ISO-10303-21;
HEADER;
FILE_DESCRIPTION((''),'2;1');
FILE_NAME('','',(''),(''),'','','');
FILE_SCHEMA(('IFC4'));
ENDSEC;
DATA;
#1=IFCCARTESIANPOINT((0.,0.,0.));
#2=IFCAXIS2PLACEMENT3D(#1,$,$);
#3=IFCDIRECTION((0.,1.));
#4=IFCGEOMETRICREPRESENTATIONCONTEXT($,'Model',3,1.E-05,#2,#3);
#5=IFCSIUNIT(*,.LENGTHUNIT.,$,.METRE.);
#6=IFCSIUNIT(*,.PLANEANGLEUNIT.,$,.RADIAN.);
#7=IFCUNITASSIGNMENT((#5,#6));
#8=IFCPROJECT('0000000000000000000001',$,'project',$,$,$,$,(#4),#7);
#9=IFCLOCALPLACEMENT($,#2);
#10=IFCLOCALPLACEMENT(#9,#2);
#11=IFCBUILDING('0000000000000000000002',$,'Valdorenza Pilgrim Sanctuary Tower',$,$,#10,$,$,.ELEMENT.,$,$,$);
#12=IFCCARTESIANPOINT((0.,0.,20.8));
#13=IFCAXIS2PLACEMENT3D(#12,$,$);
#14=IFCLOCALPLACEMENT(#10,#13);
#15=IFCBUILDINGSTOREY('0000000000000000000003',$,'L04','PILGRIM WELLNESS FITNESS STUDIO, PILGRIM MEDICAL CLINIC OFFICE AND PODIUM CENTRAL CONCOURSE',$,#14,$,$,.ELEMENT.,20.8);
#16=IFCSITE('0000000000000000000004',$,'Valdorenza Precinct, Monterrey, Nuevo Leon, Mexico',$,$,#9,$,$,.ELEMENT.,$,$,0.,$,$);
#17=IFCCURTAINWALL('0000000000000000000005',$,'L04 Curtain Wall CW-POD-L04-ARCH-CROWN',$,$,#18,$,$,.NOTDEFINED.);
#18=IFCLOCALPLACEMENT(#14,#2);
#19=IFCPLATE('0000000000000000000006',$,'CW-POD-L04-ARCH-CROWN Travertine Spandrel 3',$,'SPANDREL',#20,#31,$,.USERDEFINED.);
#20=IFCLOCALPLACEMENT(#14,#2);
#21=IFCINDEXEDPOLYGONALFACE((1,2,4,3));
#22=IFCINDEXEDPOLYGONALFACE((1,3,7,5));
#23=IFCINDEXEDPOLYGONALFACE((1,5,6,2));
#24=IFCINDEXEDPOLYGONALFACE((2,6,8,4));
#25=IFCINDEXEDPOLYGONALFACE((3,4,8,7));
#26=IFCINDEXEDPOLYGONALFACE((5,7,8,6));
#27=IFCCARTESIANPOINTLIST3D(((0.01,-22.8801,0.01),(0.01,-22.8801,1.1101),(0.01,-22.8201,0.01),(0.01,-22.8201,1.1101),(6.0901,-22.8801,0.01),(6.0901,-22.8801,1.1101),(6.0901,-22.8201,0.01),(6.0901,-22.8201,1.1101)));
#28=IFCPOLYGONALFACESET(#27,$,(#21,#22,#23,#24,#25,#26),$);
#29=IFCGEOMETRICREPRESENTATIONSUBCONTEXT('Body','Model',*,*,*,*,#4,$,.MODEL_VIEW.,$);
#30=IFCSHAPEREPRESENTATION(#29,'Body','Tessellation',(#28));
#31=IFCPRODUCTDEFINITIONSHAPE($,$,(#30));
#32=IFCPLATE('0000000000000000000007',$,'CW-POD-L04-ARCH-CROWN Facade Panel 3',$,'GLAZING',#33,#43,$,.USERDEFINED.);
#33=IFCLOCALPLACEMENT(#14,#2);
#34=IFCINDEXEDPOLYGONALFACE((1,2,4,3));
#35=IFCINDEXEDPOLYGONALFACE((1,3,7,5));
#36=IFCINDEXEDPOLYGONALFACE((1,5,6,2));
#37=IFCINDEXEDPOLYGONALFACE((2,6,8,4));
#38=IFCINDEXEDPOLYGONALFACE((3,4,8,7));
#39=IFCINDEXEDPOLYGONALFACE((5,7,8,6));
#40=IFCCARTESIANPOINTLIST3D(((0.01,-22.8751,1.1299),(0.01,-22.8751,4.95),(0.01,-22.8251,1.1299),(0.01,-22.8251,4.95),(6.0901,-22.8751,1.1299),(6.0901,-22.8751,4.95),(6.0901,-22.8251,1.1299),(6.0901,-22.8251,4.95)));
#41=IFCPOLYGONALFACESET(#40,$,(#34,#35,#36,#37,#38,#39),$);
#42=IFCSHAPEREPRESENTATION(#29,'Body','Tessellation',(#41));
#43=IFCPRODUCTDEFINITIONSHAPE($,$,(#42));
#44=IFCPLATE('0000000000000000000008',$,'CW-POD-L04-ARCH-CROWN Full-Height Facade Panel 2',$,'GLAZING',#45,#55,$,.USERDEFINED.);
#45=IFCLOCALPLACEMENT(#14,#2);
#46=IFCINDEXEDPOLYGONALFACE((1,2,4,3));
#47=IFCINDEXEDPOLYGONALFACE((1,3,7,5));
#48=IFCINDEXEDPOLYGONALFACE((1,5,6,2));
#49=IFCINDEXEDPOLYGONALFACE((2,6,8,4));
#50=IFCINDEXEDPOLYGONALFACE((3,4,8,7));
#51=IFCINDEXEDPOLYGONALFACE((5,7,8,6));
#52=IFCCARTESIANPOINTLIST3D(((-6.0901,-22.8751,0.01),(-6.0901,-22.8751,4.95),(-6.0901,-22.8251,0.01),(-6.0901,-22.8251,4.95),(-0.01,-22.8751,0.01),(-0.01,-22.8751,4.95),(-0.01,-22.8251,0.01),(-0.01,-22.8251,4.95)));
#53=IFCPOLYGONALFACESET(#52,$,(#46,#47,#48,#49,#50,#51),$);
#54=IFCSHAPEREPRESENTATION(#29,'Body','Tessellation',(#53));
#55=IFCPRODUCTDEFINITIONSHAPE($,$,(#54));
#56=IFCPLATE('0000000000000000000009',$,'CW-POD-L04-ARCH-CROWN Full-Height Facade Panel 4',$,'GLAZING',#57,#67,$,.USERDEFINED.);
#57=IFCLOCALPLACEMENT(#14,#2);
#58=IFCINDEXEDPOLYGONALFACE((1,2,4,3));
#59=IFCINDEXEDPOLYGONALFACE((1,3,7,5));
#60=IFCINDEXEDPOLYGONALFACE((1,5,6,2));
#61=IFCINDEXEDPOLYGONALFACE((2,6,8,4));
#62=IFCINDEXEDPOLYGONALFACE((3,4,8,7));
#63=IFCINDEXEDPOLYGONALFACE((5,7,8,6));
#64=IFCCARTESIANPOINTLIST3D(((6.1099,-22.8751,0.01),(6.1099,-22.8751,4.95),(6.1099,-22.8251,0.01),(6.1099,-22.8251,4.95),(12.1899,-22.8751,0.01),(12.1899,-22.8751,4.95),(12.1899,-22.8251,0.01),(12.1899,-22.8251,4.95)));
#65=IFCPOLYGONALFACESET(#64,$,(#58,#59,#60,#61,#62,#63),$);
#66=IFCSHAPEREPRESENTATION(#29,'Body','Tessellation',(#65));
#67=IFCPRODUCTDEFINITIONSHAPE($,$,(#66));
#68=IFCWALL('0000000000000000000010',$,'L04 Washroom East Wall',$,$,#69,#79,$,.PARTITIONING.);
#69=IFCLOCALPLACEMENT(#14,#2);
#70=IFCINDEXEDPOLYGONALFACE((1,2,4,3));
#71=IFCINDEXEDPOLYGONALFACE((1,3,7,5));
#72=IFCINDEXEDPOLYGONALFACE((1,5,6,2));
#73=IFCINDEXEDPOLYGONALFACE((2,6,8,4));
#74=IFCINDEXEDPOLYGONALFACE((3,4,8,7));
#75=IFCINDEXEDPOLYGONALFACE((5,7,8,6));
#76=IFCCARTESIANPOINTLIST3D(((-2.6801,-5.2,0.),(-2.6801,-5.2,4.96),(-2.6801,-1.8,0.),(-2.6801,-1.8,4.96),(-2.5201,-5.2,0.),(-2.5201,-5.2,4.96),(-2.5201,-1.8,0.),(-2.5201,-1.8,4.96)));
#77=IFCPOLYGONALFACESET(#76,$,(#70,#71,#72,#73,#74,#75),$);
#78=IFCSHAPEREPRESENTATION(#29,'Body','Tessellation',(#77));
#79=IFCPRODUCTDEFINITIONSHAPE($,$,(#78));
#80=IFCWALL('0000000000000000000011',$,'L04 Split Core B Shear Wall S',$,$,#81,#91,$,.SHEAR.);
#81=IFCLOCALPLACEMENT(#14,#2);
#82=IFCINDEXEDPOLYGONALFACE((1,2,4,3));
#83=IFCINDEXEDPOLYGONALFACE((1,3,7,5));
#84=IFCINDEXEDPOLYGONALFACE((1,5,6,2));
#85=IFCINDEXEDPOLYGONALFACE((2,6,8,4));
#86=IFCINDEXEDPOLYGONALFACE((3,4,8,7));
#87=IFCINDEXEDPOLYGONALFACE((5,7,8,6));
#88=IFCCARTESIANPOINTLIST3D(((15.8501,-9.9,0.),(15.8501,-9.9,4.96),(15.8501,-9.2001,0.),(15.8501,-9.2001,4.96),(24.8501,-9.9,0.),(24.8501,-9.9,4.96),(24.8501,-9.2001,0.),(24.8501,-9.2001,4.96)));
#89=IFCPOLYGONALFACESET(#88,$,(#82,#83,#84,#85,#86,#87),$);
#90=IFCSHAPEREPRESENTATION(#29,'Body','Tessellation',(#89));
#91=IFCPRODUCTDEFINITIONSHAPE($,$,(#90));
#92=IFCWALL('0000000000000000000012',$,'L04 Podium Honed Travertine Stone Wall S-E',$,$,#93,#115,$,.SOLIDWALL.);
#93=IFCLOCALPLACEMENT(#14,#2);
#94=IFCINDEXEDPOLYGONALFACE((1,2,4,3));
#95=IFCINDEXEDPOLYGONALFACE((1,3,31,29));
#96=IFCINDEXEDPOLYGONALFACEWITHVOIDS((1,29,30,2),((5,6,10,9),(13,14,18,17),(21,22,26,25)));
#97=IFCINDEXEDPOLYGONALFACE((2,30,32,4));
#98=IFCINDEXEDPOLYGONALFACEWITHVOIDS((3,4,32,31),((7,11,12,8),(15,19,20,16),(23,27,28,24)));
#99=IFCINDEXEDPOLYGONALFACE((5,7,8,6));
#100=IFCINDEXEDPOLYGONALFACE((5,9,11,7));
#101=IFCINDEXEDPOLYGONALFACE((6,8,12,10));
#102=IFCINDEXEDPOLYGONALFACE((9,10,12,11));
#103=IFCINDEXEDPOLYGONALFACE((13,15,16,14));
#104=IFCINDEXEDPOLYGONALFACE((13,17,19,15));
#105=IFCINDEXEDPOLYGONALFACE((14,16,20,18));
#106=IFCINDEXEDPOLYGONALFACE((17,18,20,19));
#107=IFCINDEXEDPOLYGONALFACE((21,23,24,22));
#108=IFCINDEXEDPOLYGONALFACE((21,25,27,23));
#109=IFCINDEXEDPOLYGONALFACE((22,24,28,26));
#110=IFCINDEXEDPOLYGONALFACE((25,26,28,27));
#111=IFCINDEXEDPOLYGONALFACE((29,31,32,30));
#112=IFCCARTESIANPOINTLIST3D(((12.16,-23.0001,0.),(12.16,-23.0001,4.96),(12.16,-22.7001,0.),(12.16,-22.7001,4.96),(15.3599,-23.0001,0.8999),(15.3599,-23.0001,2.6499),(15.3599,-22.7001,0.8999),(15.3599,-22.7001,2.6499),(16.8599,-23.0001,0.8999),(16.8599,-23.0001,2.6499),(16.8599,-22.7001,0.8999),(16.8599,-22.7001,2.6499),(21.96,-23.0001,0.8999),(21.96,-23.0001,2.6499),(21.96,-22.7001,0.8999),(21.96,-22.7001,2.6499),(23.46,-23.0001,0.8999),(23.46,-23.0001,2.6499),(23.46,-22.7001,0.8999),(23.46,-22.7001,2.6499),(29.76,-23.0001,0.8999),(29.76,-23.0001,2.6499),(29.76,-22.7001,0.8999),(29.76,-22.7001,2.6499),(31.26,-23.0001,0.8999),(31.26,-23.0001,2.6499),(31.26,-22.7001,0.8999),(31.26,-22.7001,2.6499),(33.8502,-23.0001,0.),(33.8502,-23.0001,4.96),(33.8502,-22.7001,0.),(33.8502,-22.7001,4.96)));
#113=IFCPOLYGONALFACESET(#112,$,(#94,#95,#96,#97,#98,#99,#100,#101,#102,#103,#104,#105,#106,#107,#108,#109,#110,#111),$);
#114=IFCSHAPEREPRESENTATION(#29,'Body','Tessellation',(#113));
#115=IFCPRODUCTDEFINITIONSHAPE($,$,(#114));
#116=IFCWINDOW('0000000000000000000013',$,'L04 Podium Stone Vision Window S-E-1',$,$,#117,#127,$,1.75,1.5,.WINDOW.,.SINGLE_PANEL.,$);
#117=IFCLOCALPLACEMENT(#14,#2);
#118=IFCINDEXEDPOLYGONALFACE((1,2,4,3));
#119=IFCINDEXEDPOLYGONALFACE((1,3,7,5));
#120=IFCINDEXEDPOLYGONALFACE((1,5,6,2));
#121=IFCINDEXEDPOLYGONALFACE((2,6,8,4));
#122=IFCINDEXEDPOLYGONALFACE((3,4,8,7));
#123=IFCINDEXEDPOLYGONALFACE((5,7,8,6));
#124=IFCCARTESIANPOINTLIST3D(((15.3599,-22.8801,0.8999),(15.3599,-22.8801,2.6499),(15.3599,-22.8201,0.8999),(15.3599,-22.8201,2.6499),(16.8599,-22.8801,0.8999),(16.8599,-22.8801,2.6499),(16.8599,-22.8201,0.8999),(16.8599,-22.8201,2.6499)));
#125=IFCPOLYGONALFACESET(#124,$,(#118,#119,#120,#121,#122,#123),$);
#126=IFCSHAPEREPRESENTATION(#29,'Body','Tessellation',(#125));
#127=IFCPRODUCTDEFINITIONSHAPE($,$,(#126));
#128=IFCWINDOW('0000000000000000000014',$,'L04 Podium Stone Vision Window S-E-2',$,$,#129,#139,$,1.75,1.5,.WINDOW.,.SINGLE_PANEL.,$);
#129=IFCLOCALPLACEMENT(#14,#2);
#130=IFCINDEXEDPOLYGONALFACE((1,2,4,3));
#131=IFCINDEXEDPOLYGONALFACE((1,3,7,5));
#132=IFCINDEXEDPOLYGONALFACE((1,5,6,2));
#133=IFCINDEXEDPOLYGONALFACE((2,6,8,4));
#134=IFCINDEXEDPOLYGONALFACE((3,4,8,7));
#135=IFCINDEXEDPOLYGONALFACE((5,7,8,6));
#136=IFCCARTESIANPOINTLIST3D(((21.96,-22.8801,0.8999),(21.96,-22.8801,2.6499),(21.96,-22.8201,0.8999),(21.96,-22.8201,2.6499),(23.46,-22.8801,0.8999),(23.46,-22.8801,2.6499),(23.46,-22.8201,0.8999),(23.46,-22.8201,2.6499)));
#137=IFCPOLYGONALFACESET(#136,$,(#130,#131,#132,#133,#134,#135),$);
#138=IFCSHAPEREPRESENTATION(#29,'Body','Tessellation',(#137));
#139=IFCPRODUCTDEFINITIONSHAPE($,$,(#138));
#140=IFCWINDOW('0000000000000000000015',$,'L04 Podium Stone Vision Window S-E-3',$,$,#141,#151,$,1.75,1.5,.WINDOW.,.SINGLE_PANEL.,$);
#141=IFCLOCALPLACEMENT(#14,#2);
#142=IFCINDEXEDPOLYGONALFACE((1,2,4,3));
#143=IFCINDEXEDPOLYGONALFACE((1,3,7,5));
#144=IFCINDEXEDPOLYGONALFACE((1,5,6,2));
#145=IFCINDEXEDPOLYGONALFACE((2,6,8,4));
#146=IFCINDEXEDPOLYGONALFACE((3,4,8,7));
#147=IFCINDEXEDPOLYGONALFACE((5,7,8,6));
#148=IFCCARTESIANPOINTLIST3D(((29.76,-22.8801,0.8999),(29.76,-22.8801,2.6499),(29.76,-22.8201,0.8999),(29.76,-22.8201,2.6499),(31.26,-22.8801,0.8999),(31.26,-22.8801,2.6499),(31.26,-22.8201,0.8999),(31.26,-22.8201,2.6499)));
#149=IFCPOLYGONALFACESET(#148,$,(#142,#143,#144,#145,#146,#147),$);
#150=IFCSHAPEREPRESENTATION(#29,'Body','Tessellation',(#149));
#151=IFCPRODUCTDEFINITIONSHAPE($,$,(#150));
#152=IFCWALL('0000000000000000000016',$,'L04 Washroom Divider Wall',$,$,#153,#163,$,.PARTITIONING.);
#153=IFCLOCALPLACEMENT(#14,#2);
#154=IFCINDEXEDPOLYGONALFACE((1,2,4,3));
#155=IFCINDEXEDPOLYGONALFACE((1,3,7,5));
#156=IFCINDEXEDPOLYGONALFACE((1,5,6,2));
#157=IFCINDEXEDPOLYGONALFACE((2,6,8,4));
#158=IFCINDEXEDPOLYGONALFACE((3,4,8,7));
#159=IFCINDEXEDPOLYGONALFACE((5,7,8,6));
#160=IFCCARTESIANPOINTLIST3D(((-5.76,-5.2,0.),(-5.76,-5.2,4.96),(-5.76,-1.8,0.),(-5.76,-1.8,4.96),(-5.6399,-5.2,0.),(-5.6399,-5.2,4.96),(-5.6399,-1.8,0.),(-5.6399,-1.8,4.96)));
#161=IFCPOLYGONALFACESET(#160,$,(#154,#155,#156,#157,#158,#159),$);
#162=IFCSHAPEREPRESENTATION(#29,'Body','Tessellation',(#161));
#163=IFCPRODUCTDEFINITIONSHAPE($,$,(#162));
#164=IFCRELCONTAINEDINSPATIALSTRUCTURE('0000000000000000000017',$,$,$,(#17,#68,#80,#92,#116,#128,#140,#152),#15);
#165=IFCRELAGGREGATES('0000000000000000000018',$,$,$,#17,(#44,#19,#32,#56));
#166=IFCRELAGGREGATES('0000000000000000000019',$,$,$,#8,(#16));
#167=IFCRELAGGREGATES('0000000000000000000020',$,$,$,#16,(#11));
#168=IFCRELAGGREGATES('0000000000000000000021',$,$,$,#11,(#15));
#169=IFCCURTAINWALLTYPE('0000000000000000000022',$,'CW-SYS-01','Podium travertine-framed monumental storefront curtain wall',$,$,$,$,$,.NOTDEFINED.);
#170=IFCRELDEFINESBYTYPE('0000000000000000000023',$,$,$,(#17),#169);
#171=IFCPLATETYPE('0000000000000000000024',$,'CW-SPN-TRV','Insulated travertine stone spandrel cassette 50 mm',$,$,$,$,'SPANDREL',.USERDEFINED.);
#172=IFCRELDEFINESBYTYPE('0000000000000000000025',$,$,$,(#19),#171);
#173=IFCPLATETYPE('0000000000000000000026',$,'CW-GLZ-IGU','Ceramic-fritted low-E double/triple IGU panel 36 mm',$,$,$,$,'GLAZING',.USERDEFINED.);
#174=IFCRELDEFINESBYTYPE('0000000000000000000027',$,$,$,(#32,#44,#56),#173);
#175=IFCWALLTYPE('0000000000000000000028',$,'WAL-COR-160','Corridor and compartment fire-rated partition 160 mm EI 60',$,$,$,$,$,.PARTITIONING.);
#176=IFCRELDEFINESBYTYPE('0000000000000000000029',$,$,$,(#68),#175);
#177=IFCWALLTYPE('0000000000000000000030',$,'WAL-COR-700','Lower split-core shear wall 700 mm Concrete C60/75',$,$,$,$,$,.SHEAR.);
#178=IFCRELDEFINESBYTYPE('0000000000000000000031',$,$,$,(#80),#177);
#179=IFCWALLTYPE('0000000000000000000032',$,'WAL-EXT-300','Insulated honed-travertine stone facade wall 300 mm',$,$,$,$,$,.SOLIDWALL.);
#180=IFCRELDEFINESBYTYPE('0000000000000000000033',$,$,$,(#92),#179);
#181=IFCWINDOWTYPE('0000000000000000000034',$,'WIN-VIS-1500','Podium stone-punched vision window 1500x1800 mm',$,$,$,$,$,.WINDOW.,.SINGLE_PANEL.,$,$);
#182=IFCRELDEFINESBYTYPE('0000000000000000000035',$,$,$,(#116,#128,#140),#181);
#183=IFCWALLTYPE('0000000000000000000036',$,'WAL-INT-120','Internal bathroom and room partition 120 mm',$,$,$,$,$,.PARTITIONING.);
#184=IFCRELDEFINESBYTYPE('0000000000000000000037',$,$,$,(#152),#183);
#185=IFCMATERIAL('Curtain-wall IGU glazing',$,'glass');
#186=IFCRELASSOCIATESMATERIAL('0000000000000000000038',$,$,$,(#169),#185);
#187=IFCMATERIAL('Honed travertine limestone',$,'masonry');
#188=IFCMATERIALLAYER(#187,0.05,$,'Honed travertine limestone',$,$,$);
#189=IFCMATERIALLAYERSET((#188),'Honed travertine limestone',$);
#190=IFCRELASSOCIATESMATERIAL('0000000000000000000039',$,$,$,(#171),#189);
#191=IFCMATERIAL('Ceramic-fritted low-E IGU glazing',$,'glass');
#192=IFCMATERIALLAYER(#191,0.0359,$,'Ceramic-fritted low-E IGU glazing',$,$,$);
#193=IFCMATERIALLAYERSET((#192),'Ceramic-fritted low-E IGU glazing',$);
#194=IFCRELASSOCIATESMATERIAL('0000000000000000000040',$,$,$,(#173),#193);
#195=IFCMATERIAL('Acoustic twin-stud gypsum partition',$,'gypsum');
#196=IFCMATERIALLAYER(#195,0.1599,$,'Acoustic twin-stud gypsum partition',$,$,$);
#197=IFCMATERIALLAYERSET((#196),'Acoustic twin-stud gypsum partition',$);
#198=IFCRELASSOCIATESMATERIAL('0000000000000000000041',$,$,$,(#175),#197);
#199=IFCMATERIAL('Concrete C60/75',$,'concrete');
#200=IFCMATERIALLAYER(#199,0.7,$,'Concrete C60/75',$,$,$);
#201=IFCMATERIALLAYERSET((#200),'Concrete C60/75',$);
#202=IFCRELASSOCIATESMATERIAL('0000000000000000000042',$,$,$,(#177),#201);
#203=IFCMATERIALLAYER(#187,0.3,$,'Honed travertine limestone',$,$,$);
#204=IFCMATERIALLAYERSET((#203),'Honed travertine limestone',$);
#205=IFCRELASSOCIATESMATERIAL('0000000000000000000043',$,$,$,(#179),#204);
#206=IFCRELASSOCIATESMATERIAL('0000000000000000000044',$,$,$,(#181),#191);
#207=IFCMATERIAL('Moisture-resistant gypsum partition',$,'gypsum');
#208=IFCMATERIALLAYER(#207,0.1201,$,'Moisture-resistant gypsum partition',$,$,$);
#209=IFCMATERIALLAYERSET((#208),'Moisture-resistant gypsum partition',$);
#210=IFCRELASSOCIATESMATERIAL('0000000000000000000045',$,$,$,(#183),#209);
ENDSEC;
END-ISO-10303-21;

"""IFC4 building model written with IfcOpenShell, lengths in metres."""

from ifc_helpers import new_model, si_unit, direction, frame, frame_2d, origin, origin_2d, place, context, subcontext, project, spatial, rectangle, extrude, source, transform, mapped, material, layer, layer_set, type_object, element, fill, aggregate, save


model = new_model("IFC4")

# Units and contexts
model_context = context("Model", 3, precision=1e-05, world=origin(), true_north=direction((0.0, 1.0)))
body_context = subcontext(model_context, "Body", "Model", "MODEL_VIEW")
ifc_project = project(units=[si_unit("LENGTHUNIT", "METRE"), si_unit("PLANEANGLEUNIT", "RADIAN")], contexts=[model_context])

# Site, building, storey
site_placement = place(None, origin())
site = spatial("IfcSite", under=ifc_project, at=site_placement, Name="Valdorenza Precinct, Monterrey, Nuevo Leon, Mexico", CompositionType="ELEMENT", RefElevation=0.0)
building_placement = place(site_placement, origin())
building = spatial("IfcBuilding", under=site, at=building_placement, Name="Valdorenza Pilgrim Sanctuary Tower", CompositionType="ELEMENT")
storey_placement = place(building_placement, frame((0.0, 0.0, 20.8)))
storey = spatial("IfcBuildingStorey", under=building, at=storey_placement, Name="L04", Description="PILGRIM WELLNESS FITNESS STUDIO, PILGRIM MEDICAL CLINIC OFFICE AND PODIUM CENTRAL CONCOURSE", CompositionType="ELEMENT", Elevation=20.8)

# Shared definitions
ifc_material_1 = material(Name="Concrete C60/75", Category="concrete")

# Curtain wall
ifc_material_2 = material(Name="Curtain-wall IGU glazing", Category="glass")
curtain_wall_type = type_object("IfcCurtainWallType", Name="CW-SYS-01", Description="Podium travertine-framed monumental storefront curtain wall", PredefinedType="NOTDEFINED", material=ifc_material_2)
curtain_wall_placement = place(storey_placement, origin())
curtain_wall = element("IfcCurtainWall", 1, at=curtain_wall_placement, inside=storey, type_object=curtain_wall_type, Name="L04 Curtain Wall CW-POD-L04-ARCH-CROWN", PredefinedType="NOTDEFINED")

# Plates
ifc_material_3 = material(Name="Honed travertine limestone", Category="masonry")
ifc_layer_1 = layer(ifc_material_3, 0.05, Name="Honed travertine limestone")
ifc_layer_set_1 = layer_set([ifc_layer_1], Name="Honed travertine limestone")
plate_type_1 = type_object("IfcPlateType", Name="CW-SPN-TRV", Description="Insulated travertine stone spandrel cassette 50 mm", ElementType="SPANDREL", PredefinedType="USERDEFINED", material=ifc_layer_set_1)
shared_shape_1 = source(origin(), body_context, "Body", "SweptSolid", [
    extrude(rectangle(XDim=6.0801, YDim=0.0601, at=origin_2d()), origin(), (0.0, 0.0, 1.0), 1.1001),
])
plate_1_placement = place(storey_placement, frame((3.05, -22.8501, 0.01), z_axis=(0.0, 0.0, 1.0), x_axis=(1.0, 0.0, 0.0)))
plate_1 = element("IfcPlate", 2, at=plate_1_placement, type_object=plate_type_1, Name="CW-POD-L04-ARCH-CROWN Travertine Spandrel 3", ObjectType="SPANDREL", PredefinedType="USERDEFINED", context=body_context, shape_type="MappedRepresentation", body=[
    mapped(shared_shape_1, transform((0.0, 0.0, 0.0), x_axis=(1.0, 0.0, 0.0), y_axis=(0.0, 1.0, 0.0), z_axis=(0.0, 0.0, 1.0), scale=1.0)),
])
ifc_material_4 = material(Name="Ceramic-fritted low-E IGU glazing", Category="glass")
ifc_layer_2 = layer(ifc_material_4, 0.0359, Name="Ceramic-fritted low-E IGU glazing")
ifc_layer_set_2 = layer_set([ifc_layer_2], Name="Ceramic-fritted low-E IGU glazing")
plate_type_2 = type_object("IfcPlateType", Name="CW-GLZ-IGU", Description="Ceramic-fritted low-E double/triple IGU panel 36 mm", ElementType="GLAZING", PredefinedType="USERDEFINED", material=ifc_layer_set_2)
shared_shape_2 = source(origin(), body_context, "Body", "SweptSolid", [
    extrude(rectangle(XDim=6.0801, YDim=0.05, at=origin_2d()), origin(), (0.0, 0.0, 1.0), 3.8201),
])
plate_2_placement = place(storey_placement, frame((3.05, -22.8501, 1.1299), z_axis=(0.0, 0.0, 1.0), x_axis=(1.0, 0.0, 0.0)))
plate_2 = element("IfcPlate", 3, at=plate_2_placement, type_object=plate_type_2, Name="CW-POD-L04-ARCH-CROWN Facade Panel 3", ObjectType="GLAZING", PredefinedType="USERDEFINED", context=body_context, shape_type="MappedRepresentation", body=[
    mapped(shared_shape_2, transform((0.0, 0.0, 0.0), x_axis=(1.0, 0.0, 0.0), y_axis=(0.0, 1.0, 0.0), z_axis=(0.0, 0.0, 1.0), scale=1.0)),
])
shared_shape_3 = source(origin(), body_context, "Body", "SweptSolid", [
    extrude(rectangle(XDim=6.0801, YDim=0.05, at=origin_2d()), origin(), (0.0, 0.0, 1.0), 4.9399),
])
plate_3_placement = place(storey_placement, frame((-3.05, -22.8501, 0.01), z_axis=(0.0, 0.0, 1.0), x_axis=(1.0, 0.0, 0.0)))
plate_3 = element("IfcPlate", 4, at=plate_3_placement, type_object=plate_type_2, Name="CW-POD-L04-ARCH-CROWN Full-Height Facade Panel 2", ObjectType="GLAZING", PredefinedType="USERDEFINED", context=body_context, shape_type="MappedRepresentation", body=[
    mapped(shared_shape_3, transform((0.0, 0.0, 0.0), x_axis=(1.0, 0.0, 0.0), y_axis=(0.0, 1.0, 0.0), z_axis=(0.0, 0.0, 1.0), scale=1.0)),
])
plate_4_placement = place(storey_placement, frame((9.1499, -22.8501, 0.01), z_axis=(0.0, 0.0, 1.0), x_axis=(1.0, 0.0, 0.0)))
plate_4 = element("IfcPlate", 5, at=plate_4_placement, type_object=plate_type_2, Name="CW-POD-L04-ARCH-CROWN Full-Height Facade Panel 4", ObjectType="GLAZING", PredefinedType="USERDEFINED", context=body_context, shape_type="MappedRepresentation", body=[
    mapped(shared_shape_3, transform((0.0, 0.0, 0.0), x_axis=(1.0, 0.0, 0.0), y_axis=(0.0, 1.0, 0.0), z_axis=(0.0, 0.0, 1.0), scale=1.0)),
])
aggregate(curtain_wall, [plate_3, plate_1, plate_2, plate_4])

# Walls
ifc_material_5 = material(Name="Acoustic twin-stud gypsum partition", Category="gypsum")
ifc_layer_3 = layer(ifc_material_5, 0.1599, Name="Acoustic twin-stud gypsum partition")
ifc_layer_set_3 = layer_set([ifc_layer_3], Name="Acoustic twin-stud gypsum partition")
wall_type_1 = type_object("IfcWallType", Name="WAL-COR-160", Description="Corridor and compartment fire-rated partition 160 mm EI 60", PredefinedType="PARTITIONING", material=ifc_layer_set_3)
wall_1_placement = place(storey_placement, frame((-2.6001, -5.2, 0.0), z_axis=(0.0, 0.0, 1.0), x_axis=(0.0, 1.0, 0.0)))
element("IfcWall", 6, at=wall_1_placement, inside=storey, type_object=wall_type_1, Name="L04 Washroom East Wall", PredefinedType="PARTITIONING", context=body_context, shape_type="SweptSolid", body=[
    extrude(rectangle(XDim=3.3999, YDim=0.1599, at=frame_2d((1.7, 0.0))), origin(), (0.0, 0.0, 1.0), 4.96),
])
ifc_layer_4 = layer(ifc_material_1, 0.7, Name="Concrete C60/75")
ifc_layer_set_4 = layer_set([ifc_layer_4], Name="Concrete C60/75")
wall_type_2 = type_object("IfcWallType", Name="WAL-COR-700", Description="Lower split-core shear wall 700 mm Concrete C60/75", PredefinedType="SHEAR", material=ifc_layer_set_4)
wall_2_placement = place(storey_placement, frame((15.8501, -9.55, 0.0), z_axis=(0.0, 0.0, 1.0), x_axis=(1.0, 0.0, 0.0)))
element("IfcWall", 7, at=wall_2_placement, inside=storey, type_object=wall_type_2, Name="L04 Split Core B Shear Wall S", PredefinedType="SHEAR", context=body_context, shape_type="SweptSolid", body=[
    extrude(rectangle(XDim=9.0, YDim=0.7, at=frame_2d((4.5, 0.0))), origin(), (0.0, 0.0, 1.0), 4.96),
])

# Wall, openings, windows
ifc_layer_5 = layer(ifc_material_3, 0.3, Name="Honed travertine limestone")
ifc_layer_set_5 = layer_set([ifc_layer_5], Name="Honed travertine limestone")
wall_type_3 = type_object("IfcWallType", Name="WAL-EXT-300", Description="Insulated honed-travertine stone facade wall 300 mm", PredefinedType="SOLIDWALL", material=ifc_layer_set_5)
wall_3_placement = place(storey_placement, frame((12.1599, -22.8501, 0.0), z_axis=(0.0, 0.0, 1.0), x_axis=(1.0, 0.0, 0.0)))
wall_3 = element("IfcWall", 8, at=wall_3_placement, inside=storey, type_object=wall_type_3, Name="L04 Podium Honed Travertine Stone Wall S-E", PredefinedType="SOLIDWALL", context=body_context, shape_type="SweptSolid", body=[
    extrude(rectangle(XDim=21.6902, YDim=0.3, at=frame_2d((10.8452, 0.0))), origin(), (0.0, 0.0, 1.0), 4.96),
])
opening_1_placement = place(wall_3_placement, frame((3.2, 0.0, 0.8999)))
opening_1 = element("IfcOpeningElement", 9, at=opening_1_placement, cuts=wall_3, PredefinedType="OPENING", context=body_context, shape_type="SweptSolid", body=[
    extrude(rectangle(XDim=1.5, YDim=1.75, at=frame_2d((0.75, 0.875))), frame((0.0, 0.165, 0.0), z_axis=(0.0, -1.0, 0.0), x_axis=(1.0, 0.0, 0.0)), (0.0, 0.0, 1.0), 0.3298),
])
opening_2_placement = place(wall_3_placement, frame((9.8, 0.0, 0.8999)))
opening_2 = element("IfcOpeningElement", 10, at=opening_2_placement, cuts=wall_3, PredefinedType="OPENING", context=body_context, shape_type="SweptSolid", body=[
    extrude(rectangle(XDim=1.5, YDim=1.75, at=frame_2d((0.75, 0.875))), frame((0.0, 0.165, 0.0), z_axis=(0.0, -1.0, 0.0), x_axis=(1.0, 0.0, 0.0)), (0.0, 0.0, 1.0), 0.3298),
])
opening_3_placement = place(wall_3_placement, frame((17.6001, 0.0, 0.8999)))
opening_3 = element("IfcOpeningElement", 11, at=opening_3_placement, cuts=wall_3, PredefinedType="OPENING", context=body_context, shape_type="SweptSolid", body=[
    extrude(rectangle(XDim=1.5, YDim=1.75, at=frame_2d((0.75, 0.875))), frame((0.0, 0.165, 0.0), z_axis=(0.0, -1.0, 0.0), x_axis=(1.0, 0.0, 0.0)), (0.0, 0.0, 1.0), 0.3298),
])
window_type = type_object("IfcWindowType", Name="WIN-VIS-1500", Description="Podium stone-punched vision window 1500x1800 mm", PartitioningType="SINGLE_PANEL", PredefinedType="WINDOW", material=ifc_material_4)
window_1_placement = place(opening_1_placement, origin())
window_1 = element("IfcWindow", 12, at=window_1_placement, inside=storey, type_object=window_type, Name="L04 Podium Stone Vision Window S-E-1", OverallHeight=1.75, OverallWidth=1.5, PartitioningType="SINGLE_PANEL", PredefinedType="WINDOW", context=body_context, shape_type="SweptSolid", body=[
    extrude(rectangle(XDim=1.5, YDim=1.75, at=frame_2d((0.75, 0.875))), frame((0.0, 0.03, 0.0), z_axis=(0.0, -1.0, 0.0), x_axis=(1.0, 0.0, 0.0)), (0.0, 0.0, 1.0), 0.0601),
])
fill(opening_1, window_1)
window_2_placement = place(opening_2_placement, origin())
window_2 = element("IfcWindow", 13, at=window_2_placement, inside=storey, type_object=window_type, Name="L04 Podium Stone Vision Window S-E-2", OverallHeight=1.75, OverallWidth=1.5, PartitioningType="SINGLE_PANEL", PredefinedType="WINDOW", context=body_context, shape_type="SweptSolid", body=[
    extrude(rectangle(XDim=1.5, YDim=1.75, at=frame_2d((0.75, 0.875))), frame((0.0, 0.03, 0.0), z_axis=(0.0, -1.0, 0.0), x_axis=(1.0, 0.0, 0.0)), (0.0, 0.0, 1.0), 0.0601),
])
fill(opening_2, window_2)
window_3_placement = place(opening_3_placement, origin())
window_3 = element("IfcWindow", 14, at=window_3_placement, inside=storey, type_object=window_type, Name="L04 Podium Stone Vision Window S-E-3", OverallHeight=1.75, OverallWidth=1.5, PartitioningType="SINGLE_PANEL", PredefinedType="WINDOW", context=body_context, shape_type="SweptSolid", body=[
    extrude(rectangle(XDim=1.5, YDim=1.75, at=frame_2d((0.75, 0.875))), frame((0.0, 0.03, 0.0), z_axis=(0.0, -1.0, 0.0), x_axis=(1.0, 0.0, 0.0)), (0.0, 0.0, 1.0), 0.0601),
])
fill(opening_3, window_3)

# Wall
ifc_material_6 = material(Name="Moisture-resistant gypsum partition", Category="gypsum")
ifc_layer_6 = layer(ifc_material_6, 0.1201, Name="Moisture-resistant gypsum partition")
ifc_layer_set_6 = layer_set([ifc_layer_6], Name="Moisture-resistant gypsum partition")
wall_type_4 = type_object("IfcWallType", Name="WAL-INT-120", Description="Internal bathroom and room partition 120 mm", PredefinedType="PARTITIONING", material=ifc_layer_set_6)
wall_4_placement = place(storey_placement, frame((-5.7, -5.2, 0.0), z_axis=(0.0, 0.0, 1.0), x_axis=(0.0, 1.0, 0.0)))
element("IfcWall", 15, at=wall_4_placement, inside=storey, type_object=wall_type_4, Name="L04 Washroom Divider Wall", PredefinedType="PARTITIONING", context=body_context, shape_type="SweptSolid", body=[
    extrude(rectangle(XDim=3.3999, YDim=0.1201, at=frame_2d((1.7, 0.0))), origin(), (0.0, 0.0, 1.0), 4.96),
])

save(model, "model.ifc")
